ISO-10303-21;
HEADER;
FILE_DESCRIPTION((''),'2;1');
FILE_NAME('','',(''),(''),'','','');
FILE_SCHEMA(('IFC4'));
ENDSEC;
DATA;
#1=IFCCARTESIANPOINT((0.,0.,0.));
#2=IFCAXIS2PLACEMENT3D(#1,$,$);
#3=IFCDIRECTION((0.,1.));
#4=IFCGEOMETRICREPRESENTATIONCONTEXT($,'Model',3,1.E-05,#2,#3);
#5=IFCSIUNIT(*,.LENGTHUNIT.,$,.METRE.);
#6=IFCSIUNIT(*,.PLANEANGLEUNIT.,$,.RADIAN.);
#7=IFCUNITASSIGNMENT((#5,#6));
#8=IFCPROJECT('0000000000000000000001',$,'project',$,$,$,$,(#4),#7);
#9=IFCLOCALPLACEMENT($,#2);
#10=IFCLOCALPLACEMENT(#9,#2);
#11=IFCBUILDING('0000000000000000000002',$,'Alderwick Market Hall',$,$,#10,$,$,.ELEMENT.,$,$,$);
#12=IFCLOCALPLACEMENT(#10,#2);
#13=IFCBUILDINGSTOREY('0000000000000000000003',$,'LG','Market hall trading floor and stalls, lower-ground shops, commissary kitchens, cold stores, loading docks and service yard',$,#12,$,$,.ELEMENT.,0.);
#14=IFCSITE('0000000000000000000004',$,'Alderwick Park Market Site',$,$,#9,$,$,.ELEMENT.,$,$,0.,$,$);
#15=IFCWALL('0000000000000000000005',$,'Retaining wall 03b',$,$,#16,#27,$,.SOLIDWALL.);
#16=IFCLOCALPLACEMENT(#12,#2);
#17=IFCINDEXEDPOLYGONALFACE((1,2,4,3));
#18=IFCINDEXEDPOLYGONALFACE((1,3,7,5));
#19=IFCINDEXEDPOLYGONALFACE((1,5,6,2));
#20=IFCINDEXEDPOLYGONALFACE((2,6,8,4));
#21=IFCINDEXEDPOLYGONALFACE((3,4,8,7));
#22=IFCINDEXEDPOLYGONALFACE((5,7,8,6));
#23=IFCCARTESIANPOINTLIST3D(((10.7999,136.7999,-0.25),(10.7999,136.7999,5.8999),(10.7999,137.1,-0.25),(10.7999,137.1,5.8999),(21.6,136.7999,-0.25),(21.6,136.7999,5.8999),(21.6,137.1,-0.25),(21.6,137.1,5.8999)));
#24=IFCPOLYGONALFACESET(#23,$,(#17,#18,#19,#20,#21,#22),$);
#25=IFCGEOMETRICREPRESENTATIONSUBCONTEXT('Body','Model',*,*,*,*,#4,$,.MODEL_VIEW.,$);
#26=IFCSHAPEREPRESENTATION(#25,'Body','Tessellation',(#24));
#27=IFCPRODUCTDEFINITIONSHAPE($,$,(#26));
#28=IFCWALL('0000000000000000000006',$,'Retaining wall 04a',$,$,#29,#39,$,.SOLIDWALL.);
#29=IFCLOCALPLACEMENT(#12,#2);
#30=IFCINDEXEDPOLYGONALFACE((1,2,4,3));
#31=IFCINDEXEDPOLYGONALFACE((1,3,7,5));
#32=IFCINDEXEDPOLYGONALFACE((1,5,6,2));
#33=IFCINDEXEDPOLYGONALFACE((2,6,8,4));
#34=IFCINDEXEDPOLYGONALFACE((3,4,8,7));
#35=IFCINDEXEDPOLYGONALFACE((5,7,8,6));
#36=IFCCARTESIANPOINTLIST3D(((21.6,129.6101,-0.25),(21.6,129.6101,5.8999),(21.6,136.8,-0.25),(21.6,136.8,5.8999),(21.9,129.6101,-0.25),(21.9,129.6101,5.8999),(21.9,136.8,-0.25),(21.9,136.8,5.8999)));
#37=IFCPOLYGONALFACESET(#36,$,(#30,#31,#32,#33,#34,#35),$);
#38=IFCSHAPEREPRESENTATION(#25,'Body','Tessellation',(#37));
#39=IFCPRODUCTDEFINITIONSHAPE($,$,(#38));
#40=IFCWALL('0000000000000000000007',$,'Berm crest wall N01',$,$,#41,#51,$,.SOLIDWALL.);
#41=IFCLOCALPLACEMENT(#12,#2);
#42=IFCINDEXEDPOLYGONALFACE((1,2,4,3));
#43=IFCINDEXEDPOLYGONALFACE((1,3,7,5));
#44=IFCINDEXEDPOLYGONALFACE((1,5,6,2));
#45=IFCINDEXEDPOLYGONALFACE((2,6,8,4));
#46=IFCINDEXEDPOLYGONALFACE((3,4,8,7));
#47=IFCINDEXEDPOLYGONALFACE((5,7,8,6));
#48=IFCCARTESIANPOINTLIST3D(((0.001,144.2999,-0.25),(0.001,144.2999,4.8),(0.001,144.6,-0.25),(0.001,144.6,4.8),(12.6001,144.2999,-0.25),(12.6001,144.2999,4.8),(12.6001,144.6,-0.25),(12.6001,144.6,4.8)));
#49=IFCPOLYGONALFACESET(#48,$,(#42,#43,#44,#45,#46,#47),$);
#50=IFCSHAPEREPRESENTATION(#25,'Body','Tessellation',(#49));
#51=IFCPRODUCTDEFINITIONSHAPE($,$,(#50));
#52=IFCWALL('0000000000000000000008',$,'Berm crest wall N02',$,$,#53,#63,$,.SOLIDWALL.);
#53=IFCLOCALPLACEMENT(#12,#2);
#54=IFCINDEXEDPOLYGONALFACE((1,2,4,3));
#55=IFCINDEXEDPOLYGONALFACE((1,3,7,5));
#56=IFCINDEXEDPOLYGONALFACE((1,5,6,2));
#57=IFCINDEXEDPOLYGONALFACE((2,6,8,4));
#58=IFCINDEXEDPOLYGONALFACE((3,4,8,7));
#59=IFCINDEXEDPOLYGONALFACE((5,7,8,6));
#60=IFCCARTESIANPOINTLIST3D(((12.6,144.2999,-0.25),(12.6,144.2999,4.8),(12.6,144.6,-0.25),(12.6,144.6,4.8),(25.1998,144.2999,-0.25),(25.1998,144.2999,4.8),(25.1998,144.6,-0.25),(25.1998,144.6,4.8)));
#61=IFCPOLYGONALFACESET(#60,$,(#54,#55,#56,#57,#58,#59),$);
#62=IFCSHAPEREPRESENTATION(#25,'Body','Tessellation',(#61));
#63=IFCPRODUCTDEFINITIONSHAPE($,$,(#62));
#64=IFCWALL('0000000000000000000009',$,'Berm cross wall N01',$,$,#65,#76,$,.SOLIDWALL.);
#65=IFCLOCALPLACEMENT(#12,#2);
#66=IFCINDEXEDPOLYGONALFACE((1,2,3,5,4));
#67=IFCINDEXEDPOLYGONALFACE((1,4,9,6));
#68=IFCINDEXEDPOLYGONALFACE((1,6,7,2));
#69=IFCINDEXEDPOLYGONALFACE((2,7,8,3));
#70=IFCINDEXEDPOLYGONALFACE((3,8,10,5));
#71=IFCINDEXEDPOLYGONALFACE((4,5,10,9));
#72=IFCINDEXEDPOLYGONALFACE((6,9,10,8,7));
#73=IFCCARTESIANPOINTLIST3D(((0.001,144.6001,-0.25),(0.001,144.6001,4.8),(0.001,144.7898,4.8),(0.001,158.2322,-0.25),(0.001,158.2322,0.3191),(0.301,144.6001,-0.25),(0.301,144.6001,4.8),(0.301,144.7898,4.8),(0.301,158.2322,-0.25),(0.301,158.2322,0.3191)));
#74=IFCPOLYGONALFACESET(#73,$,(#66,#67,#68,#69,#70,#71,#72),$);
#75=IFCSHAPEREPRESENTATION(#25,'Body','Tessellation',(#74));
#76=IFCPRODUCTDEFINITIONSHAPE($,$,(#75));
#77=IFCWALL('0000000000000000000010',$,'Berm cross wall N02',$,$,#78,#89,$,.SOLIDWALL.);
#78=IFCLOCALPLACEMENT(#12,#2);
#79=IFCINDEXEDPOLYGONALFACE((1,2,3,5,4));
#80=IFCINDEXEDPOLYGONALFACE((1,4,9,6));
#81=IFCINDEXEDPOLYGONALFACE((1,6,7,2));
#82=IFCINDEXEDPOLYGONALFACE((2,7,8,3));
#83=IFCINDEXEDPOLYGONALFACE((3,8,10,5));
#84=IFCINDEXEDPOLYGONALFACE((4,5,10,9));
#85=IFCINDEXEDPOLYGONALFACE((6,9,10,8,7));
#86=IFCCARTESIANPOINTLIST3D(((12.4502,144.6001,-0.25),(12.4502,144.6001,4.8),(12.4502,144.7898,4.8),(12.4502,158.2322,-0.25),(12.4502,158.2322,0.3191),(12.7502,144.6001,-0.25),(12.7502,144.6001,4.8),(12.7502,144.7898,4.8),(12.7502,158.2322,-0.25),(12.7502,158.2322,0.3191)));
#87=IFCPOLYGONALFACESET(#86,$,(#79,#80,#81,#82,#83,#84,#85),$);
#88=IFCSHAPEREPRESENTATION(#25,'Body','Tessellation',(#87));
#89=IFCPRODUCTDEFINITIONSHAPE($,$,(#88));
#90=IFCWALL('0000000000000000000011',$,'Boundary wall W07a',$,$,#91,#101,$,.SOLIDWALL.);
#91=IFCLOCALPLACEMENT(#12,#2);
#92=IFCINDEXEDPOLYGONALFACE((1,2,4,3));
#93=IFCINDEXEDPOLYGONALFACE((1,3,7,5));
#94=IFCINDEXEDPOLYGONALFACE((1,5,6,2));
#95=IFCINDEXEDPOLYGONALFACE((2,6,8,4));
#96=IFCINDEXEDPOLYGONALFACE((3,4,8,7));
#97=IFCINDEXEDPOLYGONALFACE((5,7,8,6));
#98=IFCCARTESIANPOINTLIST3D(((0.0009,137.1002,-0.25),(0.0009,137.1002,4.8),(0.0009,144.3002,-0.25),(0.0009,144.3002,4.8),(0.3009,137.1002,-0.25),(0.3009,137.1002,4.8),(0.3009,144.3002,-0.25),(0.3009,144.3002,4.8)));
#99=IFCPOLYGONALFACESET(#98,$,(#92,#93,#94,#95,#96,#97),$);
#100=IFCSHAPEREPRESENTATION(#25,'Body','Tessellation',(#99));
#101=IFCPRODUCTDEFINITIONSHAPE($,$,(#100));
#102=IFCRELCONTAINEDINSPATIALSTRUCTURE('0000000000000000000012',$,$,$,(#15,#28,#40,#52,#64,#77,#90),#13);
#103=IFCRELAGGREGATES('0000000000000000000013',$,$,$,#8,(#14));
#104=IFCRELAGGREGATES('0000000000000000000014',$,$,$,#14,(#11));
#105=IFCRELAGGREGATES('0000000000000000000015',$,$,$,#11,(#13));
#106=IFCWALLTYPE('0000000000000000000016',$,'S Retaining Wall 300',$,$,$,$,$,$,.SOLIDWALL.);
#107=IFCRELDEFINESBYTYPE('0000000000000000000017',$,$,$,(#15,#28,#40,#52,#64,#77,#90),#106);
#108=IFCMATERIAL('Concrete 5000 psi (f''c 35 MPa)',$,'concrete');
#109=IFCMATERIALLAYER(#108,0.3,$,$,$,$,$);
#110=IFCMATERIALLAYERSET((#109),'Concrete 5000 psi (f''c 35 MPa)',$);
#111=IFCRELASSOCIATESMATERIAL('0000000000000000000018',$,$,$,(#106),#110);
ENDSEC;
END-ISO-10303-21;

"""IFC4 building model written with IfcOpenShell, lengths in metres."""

from ifc_helpers import new_model, si_unit, direction, frame, frame_2d, origin, place, context, subcontext, project, spatial, polyline, rectangle, outline, extrude, material, layer, layer_set, type_object, element, save


model = new_model("IFC4")

# Units and contexts
model_context = context("Model", 3, precision=1e-05, world=origin(), true_north=direction((0.0, 1.0)))
body_context = subcontext(model_context, "Body", "Model", "MODEL_VIEW")
ifc_project = project(units=[si_unit("LENGTHUNIT", "METRE"), si_unit("PLANEANGLEUNIT", "RADIAN")], contexts=[model_context])

# Site, building, storey
site_placement = place(None, origin())
site = spatial("IfcSite", under=ifc_project, at=site_placement, Name="Alderwick Park Market Site", CompositionType="ELEMENT", RefElevation=0.0)
building_placement = place(site_placement, origin())
building = spatial("IfcBuilding", under=site, at=building_placement, Name="Alderwick Market Hall", CompositionType="ELEMENT")
storey_placement = place(building_placement, origin())
storey = spatial("IfcBuildingStorey", under=building, at=storey_placement, Name="LG", Description="Market hall trading floor and stalls, lower-ground shops, commissary kitchens, cold stores, loading docks and service yard", CompositionType="ELEMENT", Elevation=0.0)

# Shared definitions
ifc_material_1 = material(Name="Concrete 5000 psi (f'c 35 MPa)", Category="concrete")

# Walls
ifc_layer_1 = layer(ifc_material_1, 0.3)
ifc_layer_set_1 = layer_set([ifc_layer_1], Name="Concrete 5000 psi (f'c 35 MPa)")
wall_type_1 = type_object("IfcWallType", Name="S Retaining Wall 300", PredefinedType="SOLIDWALL", material=ifc_layer_set_1)
wall_1_placement = place(storey_placement, frame((10.8, 136.95, -0.25), z_axis=(0.0, 0.0, 1.0), x_axis=(1.0, 0.0, 0.0)))
element("IfcWall", 1, at=wall_1_placement, inside=storey, type_object=wall_type_1, Name="Retaining wall 03b", PredefinedType="SOLIDWALL", context=body_context, shape_type="SweptSolid", body=[
    extrude(rectangle(XDim=10.8, YDim=0.3, at=frame_2d((5.3999, 0.0))), origin(), (0.0, 0.0, 1.0), 6.1499),
])
wall_2_placement = place(storey_placement, frame((21.75, 129.6101, -0.25), z_axis=(0.0, 0.0, 1.0), x_axis=(0.0, 1.0, 0.0)))
element("IfcWall", 2, at=wall_2_placement, inside=storey, type_object=wall_type_1, Name="Retaining wall 04a", PredefinedType="SOLIDWALL", context=body_context, shape_type="SweptSolid", body=[
    extrude(rectangle(XDim=7.1899, YDim=0.3, at=frame_2d((3.595, 0.0))), origin(), (0.0, 0.0, 1.0), 6.1499),
])
wall_3_placement = place(storey_placement, frame((0.001, 144.45, -0.25), z_axis=(0.0, 0.0, 1.0), x_axis=(1.0, 0.0, 0.0)))
element("IfcWall", 3, at=wall_3_placement, inside=storey, type_object=wall_type_1, Name="Berm crest wall N01", PredefinedType="SOLIDWALL", context=body_context, shape_type="SweptSolid", body=[
    extrude(rectangle(XDim=12.5991, YDim=0.3, at=frame_2d((6.2996, 0.0))), origin(), (0.0, 0.0, 1.0), 5.05),
])
wall_4_placement = place(storey_placement, frame((12.6001, 144.45, -0.25), z_axis=(0.0, 0.0, 1.0), x_axis=(1.0, 0.0, 0.0)))
element("IfcWall", 4, at=wall_4_placement, inside=storey, type_object=wall_type_1, Name="Berm crest wall N02", PredefinedType="SOLIDWALL", context=body_context, shape_type="SweptSolid", body=[
    extrude(rectangle(XDim=12.5999, YDim=0.3, at=frame_2d((6.2998, 0.0))), origin(), (0.0, 0.0, 1.0), 5.05),
])
for number, where, z_axis, x_axis, name in (
    (5, (0.1509, 144.6001, -0.25), (0.0, 0.0, 1.0), (0.0, 1.0, 0.0), "Berm cross wall N01"),
    (6, (12.6001, 144.6001, -0.25), (0.0, 0.0, 1.0), (0.0, 1.0, 0.0), "Berm cross wall N02"),
):
    element("IfcWall", number, at=place(storey_placement, frame(where, z_axis=z_axis, x_axis=x_axis)), inside=storey, type_object=wall_type_1, Name=name, PredefinedType="SOLIDWALL", context=body_context, shape_type="SweptSolid", body=[
        extrude(outline(polyline([(0.0, 0.0), (13.6321, 0.0), (13.6321, 0.5691), (0.1897, 5.05), (0.0, 5.05), (0.0, 0.0)])), frame((0.0, 0.1499, 0.0), z_axis=(0.0, -1.0, 0.0), x_axis=(1.0, 0.0, 0.0)), (0.0, 0.0, 1.0), 0.3),
    ])
wall_5_placement = place(storey_placement, frame((0.1509, 137.1001, -0.25), z_axis=(0.0, 0.0, 1.0), x_axis=(0.0, 1.0, 0.0)))
element("IfcWall", 7, at=wall_5_placement, inside=storey, type_object=wall_type_1, Name="Boundary wall W07a", PredefinedType="SOLIDWALL", context=body_context, shape_type="SweptSolid", body=[
    extrude(rectangle(XDim=7.2, YDim=0.3, at=frame_2d((3.6001, 0.0))), origin(), (0.0, 0.0, 1.0), 5.05),
])

save(model, "model.ifc")
